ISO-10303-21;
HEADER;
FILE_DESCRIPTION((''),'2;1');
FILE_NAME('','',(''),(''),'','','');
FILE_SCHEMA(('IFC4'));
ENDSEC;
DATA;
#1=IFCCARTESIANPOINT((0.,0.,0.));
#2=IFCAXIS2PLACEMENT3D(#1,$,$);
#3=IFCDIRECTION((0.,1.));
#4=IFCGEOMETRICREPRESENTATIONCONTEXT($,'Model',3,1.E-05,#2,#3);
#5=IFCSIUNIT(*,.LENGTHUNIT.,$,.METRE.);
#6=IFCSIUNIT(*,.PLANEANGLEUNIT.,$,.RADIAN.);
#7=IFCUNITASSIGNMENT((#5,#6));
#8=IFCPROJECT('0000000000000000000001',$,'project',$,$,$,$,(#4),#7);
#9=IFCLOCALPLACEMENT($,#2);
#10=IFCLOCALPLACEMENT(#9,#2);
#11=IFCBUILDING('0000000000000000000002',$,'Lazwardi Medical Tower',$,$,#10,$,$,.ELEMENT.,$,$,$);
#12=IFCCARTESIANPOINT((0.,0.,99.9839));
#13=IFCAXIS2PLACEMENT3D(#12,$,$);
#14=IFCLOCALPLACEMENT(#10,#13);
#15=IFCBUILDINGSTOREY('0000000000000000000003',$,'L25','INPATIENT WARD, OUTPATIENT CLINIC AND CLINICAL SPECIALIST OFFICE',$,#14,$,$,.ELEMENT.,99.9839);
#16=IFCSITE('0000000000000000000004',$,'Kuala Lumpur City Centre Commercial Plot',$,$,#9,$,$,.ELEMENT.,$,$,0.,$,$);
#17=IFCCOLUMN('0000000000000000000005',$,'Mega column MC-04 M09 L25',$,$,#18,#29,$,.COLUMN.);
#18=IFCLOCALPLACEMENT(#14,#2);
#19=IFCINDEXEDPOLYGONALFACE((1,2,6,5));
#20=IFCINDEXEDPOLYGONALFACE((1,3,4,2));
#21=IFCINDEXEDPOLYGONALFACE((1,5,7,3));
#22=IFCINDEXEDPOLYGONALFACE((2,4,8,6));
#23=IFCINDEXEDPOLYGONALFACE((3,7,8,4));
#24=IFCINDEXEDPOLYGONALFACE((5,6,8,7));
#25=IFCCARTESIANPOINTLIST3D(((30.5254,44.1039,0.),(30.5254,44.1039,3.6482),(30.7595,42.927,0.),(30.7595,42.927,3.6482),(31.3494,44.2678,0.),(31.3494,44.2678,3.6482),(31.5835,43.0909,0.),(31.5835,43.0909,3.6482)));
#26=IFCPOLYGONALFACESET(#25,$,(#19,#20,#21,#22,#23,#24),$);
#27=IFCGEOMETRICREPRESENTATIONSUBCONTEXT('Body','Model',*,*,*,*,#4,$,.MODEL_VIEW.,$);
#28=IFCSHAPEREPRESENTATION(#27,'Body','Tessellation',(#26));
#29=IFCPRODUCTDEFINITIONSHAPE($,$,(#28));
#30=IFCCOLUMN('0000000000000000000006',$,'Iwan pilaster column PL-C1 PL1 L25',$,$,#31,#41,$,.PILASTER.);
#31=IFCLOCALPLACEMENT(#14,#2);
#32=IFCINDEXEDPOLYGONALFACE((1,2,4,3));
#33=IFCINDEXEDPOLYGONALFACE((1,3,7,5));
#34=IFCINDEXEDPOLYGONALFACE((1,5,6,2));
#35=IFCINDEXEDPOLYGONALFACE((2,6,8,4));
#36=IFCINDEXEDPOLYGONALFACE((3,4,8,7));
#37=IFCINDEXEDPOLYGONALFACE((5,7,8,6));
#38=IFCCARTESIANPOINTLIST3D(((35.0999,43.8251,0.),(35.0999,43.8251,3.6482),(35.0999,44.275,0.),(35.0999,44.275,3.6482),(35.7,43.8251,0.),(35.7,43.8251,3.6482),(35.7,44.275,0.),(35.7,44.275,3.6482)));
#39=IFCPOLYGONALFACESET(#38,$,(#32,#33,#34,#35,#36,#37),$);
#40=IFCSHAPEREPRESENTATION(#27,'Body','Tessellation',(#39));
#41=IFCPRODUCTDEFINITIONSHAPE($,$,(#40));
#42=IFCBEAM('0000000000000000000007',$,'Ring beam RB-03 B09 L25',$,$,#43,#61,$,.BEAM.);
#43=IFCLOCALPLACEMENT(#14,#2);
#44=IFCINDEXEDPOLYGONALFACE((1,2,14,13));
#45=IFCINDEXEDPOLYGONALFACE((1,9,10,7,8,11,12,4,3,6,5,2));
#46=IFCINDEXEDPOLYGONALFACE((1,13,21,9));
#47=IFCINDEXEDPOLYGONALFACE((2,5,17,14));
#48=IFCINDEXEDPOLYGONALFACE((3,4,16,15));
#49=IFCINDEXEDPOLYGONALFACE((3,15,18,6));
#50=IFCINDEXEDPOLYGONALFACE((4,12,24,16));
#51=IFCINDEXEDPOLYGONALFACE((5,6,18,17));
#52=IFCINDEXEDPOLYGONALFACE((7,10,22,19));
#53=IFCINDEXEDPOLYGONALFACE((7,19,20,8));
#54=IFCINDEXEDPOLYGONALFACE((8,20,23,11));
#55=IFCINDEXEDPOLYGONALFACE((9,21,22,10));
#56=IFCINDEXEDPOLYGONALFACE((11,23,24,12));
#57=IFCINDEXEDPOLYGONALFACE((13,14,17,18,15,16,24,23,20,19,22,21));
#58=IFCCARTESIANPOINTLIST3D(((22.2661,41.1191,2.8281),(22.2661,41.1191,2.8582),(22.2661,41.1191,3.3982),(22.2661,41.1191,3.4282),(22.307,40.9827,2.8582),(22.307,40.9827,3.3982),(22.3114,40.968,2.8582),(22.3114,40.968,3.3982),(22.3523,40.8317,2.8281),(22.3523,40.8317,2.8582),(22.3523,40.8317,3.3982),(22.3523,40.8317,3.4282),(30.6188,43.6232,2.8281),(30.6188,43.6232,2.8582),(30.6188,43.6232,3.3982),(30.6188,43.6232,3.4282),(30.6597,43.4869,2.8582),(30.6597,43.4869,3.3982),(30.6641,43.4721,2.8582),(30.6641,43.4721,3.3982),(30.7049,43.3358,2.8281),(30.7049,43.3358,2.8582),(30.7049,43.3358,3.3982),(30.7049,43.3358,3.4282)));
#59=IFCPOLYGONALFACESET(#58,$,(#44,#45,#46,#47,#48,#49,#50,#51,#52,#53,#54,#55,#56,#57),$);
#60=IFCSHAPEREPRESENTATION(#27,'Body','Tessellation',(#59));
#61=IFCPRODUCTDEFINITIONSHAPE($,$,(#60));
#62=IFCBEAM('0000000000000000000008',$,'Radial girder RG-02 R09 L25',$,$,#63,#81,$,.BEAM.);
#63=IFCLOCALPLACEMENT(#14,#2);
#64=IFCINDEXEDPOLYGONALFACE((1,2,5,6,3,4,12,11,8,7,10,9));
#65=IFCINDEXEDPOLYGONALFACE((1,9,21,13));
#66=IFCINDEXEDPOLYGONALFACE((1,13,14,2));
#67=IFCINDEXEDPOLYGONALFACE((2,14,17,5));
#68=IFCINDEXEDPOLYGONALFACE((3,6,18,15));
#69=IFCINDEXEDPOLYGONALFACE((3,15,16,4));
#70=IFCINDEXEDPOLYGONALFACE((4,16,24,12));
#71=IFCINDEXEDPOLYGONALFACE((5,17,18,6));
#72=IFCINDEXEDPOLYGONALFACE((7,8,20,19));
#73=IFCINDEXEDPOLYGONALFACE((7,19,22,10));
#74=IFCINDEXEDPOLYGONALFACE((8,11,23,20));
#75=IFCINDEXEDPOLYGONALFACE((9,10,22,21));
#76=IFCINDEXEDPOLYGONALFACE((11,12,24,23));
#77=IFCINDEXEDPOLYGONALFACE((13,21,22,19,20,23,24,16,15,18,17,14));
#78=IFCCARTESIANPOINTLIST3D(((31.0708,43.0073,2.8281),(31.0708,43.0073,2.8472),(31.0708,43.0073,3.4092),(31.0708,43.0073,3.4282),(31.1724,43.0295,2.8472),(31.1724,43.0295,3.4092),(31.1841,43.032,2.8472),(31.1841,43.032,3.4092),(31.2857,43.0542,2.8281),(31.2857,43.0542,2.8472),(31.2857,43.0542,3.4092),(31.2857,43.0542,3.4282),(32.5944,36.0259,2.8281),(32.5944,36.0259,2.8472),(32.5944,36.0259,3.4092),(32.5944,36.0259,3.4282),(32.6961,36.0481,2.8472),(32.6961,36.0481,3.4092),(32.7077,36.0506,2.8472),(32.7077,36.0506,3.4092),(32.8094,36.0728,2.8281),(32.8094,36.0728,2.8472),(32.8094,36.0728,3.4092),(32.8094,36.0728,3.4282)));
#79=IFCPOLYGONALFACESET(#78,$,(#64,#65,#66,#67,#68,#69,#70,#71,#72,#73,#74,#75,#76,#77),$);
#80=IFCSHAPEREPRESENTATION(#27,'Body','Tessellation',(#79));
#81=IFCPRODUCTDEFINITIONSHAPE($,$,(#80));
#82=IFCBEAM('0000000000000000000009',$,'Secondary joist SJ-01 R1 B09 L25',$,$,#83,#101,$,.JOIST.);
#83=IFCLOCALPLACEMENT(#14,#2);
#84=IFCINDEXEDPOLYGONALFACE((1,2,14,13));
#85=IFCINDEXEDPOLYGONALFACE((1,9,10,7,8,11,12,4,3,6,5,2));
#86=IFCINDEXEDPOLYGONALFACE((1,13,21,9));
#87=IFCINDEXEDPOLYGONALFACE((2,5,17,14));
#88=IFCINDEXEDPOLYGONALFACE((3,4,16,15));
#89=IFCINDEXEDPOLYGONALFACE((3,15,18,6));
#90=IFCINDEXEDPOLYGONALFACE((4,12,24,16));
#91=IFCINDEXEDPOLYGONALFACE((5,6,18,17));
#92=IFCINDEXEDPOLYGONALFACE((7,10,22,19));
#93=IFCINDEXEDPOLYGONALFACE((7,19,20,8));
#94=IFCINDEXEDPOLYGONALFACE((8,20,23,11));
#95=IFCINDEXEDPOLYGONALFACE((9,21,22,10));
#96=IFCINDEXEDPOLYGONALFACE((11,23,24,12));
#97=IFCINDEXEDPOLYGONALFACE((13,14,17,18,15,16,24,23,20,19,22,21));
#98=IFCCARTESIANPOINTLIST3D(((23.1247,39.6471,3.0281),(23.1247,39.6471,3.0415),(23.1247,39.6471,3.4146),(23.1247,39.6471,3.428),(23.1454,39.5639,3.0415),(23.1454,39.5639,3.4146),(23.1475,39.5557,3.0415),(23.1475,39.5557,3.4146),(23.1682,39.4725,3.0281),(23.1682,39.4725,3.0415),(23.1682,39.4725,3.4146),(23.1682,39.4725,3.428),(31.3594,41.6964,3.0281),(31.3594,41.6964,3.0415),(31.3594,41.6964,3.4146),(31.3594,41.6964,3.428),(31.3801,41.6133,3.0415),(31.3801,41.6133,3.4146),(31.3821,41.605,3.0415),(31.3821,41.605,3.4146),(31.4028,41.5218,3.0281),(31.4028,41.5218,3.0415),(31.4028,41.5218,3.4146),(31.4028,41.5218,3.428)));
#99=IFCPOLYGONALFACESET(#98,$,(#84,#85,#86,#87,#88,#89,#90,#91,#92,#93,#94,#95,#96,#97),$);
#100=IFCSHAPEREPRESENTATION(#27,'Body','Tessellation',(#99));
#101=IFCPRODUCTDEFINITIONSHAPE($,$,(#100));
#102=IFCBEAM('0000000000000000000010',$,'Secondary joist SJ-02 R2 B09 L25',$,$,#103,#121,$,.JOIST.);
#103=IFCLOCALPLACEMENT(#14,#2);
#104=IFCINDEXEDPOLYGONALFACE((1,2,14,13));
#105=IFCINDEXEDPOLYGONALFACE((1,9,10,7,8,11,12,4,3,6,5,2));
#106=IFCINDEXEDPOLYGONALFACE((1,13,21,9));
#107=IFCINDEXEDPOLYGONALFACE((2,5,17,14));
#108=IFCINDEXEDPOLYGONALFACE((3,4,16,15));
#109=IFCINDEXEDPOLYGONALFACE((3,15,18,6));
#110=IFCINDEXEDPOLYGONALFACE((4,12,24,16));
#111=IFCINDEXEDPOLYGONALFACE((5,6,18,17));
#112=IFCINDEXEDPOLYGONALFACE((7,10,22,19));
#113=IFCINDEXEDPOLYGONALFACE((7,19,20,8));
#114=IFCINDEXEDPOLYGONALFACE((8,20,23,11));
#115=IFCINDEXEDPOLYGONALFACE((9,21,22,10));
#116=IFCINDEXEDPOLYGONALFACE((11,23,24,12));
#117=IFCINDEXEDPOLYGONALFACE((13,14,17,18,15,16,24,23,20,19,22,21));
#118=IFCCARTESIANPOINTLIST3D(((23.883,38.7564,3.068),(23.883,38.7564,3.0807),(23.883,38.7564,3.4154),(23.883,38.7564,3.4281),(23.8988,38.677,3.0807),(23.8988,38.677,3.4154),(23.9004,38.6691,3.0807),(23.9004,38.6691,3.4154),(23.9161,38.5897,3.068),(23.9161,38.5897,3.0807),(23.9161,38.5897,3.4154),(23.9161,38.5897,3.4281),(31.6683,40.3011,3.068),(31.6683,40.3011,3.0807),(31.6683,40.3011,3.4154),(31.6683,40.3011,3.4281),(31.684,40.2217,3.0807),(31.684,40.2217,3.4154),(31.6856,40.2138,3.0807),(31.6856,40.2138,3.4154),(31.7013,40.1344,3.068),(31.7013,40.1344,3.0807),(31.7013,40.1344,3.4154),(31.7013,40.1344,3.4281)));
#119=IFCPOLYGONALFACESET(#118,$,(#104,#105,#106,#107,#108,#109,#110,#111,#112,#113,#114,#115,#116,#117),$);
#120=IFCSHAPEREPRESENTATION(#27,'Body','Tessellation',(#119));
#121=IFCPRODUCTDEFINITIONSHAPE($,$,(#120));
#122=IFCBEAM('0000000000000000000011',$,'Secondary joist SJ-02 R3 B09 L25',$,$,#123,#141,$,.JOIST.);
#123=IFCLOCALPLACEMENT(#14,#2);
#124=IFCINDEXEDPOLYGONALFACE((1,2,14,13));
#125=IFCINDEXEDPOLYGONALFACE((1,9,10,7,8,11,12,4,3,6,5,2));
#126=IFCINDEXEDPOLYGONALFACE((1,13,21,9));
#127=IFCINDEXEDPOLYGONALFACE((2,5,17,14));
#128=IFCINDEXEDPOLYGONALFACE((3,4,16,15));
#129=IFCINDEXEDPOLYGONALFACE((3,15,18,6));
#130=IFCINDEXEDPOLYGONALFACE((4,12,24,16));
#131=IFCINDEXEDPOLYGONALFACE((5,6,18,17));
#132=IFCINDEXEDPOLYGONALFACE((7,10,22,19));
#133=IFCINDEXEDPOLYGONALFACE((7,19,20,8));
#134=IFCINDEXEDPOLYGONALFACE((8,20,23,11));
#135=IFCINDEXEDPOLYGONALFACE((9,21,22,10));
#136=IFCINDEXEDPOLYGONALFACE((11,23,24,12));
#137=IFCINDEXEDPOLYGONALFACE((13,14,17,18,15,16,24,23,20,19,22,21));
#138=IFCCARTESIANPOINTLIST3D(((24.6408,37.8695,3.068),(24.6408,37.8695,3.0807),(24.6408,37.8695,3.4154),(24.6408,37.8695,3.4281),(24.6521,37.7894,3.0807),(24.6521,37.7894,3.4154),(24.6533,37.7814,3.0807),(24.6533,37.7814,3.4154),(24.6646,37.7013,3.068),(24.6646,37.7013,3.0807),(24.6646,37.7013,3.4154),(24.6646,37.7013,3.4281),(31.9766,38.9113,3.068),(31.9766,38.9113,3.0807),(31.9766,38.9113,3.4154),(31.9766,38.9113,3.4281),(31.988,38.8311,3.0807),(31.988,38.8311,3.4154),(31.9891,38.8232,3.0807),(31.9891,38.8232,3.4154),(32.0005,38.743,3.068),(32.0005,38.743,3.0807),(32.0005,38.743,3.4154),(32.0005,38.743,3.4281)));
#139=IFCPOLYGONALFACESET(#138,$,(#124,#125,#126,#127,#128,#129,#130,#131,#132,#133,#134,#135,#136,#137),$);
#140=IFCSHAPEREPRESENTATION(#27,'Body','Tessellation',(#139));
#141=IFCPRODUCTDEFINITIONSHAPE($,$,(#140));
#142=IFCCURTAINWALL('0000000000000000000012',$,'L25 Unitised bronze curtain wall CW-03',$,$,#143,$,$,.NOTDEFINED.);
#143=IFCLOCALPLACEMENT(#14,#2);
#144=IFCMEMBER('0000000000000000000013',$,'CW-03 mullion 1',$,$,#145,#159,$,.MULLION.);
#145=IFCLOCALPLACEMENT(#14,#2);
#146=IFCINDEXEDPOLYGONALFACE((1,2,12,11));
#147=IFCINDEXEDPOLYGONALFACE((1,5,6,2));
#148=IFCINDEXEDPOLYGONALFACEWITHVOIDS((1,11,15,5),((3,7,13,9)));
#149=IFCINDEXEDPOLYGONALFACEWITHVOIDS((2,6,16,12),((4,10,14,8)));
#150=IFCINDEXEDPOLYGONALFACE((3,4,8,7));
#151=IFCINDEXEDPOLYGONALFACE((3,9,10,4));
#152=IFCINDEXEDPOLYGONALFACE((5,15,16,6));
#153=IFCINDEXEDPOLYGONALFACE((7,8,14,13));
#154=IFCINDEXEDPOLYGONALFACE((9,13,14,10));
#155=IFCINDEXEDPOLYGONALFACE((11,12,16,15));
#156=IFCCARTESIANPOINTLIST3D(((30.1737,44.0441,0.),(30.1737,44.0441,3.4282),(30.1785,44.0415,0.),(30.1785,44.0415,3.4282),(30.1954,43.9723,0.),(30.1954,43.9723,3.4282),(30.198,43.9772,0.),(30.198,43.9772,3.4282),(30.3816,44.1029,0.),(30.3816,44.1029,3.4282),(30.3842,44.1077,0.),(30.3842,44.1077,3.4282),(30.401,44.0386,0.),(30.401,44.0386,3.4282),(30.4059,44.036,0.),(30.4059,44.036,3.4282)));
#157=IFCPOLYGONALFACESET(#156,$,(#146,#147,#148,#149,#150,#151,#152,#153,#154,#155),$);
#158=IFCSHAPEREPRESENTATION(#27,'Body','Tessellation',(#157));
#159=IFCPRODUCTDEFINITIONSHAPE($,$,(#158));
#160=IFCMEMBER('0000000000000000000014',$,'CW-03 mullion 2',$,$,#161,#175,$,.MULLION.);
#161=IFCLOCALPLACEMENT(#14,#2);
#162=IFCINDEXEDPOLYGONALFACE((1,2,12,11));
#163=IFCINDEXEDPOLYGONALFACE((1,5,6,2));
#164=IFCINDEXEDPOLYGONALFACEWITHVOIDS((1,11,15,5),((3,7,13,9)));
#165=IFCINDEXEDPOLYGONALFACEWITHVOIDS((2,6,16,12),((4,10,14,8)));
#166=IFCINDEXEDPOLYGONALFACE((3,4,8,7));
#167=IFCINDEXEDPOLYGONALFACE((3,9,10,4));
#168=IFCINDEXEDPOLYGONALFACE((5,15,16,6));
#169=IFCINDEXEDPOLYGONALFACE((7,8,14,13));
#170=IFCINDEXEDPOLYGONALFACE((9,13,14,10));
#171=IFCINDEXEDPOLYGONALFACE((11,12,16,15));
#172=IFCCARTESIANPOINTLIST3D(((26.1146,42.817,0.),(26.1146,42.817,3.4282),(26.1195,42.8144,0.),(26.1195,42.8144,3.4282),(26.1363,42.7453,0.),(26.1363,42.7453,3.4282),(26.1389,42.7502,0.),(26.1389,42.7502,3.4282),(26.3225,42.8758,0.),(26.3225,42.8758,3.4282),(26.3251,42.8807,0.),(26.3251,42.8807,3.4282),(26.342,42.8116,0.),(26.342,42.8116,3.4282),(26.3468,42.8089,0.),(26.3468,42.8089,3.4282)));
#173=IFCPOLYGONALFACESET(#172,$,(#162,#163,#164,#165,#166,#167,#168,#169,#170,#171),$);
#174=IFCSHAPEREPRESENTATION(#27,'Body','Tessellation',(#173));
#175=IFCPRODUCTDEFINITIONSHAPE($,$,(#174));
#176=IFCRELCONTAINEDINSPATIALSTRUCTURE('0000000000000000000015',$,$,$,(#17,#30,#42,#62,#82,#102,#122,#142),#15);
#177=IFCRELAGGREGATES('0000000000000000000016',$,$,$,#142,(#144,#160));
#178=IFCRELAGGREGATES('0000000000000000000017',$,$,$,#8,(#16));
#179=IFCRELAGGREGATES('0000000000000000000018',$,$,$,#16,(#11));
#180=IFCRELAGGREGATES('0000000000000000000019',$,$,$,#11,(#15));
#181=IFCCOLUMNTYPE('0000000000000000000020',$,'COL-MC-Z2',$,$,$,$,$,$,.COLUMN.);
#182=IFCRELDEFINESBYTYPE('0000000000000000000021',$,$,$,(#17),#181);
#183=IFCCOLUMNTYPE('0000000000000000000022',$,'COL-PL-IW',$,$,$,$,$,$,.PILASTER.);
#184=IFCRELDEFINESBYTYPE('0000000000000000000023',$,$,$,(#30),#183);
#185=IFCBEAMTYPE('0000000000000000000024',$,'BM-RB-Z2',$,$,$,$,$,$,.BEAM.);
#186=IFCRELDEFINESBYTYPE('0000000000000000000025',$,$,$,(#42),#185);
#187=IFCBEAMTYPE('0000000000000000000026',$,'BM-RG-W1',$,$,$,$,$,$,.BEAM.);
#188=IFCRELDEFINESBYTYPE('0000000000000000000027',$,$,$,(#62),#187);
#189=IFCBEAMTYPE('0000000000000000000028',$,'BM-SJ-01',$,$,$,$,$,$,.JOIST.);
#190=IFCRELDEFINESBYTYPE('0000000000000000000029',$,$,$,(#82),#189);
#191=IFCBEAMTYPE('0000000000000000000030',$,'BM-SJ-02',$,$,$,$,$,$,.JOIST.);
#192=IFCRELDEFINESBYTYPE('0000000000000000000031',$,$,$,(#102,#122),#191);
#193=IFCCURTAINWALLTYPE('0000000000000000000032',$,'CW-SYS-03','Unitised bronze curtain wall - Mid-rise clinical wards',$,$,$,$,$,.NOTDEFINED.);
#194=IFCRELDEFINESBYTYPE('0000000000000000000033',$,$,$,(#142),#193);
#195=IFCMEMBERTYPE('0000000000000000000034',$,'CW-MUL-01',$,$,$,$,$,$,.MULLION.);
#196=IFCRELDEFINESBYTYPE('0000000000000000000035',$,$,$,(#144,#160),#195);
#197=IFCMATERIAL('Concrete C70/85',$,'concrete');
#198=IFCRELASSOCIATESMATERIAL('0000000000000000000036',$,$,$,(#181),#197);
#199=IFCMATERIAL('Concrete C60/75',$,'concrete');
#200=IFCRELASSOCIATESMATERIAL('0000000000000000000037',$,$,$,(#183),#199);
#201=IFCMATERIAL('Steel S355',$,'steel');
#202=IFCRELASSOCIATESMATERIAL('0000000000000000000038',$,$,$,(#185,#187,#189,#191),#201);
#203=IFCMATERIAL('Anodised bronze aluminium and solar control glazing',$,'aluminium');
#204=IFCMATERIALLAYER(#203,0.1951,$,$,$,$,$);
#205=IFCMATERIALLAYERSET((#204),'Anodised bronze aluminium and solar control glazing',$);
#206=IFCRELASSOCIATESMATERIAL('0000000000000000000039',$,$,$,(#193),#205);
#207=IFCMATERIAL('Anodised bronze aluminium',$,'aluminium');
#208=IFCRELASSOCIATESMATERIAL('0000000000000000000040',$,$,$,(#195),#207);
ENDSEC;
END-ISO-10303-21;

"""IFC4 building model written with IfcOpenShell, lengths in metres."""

from ifc_helpers import new_model, si_unit, direction, frame, origin, origin_2d, place, context, subcontext, project, spatial, rectangle, hollow_rectangle, i_section, extrude, material, layer, layer_set, material_profile, profile_set, type_object, element, aggregate, save


model = new_model("IFC4")

# Units and contexts
model_context = context("Model", 3, precision=1e-05, world=origin(), true_north=direction((0.0, 1.0)))
body_context = subcontext(model_context, "Body", "Model", "MODEL_VIEW")
ifc_project = project(units=[si_unit("LENGTHUNIT", "METRE"), si_unit("PLANEANGLEUNIT", "RADIAN")], contexts=[model_context])

# Site, building, storey
site_placement = place(None, origin())
site = spatial("IfcSite", under=ifc_project, at=site_placement, Name="Kuala Lumpur City Centre Commercial Plot", CompositionType="ELEMENT", RefElevation=0.0)
building_placement = place(site_placement, origin())
building = spatial("IfcBuilding", under=site, at=building_placement, Name="Lazwardi Medical Tower", CompositionType="ELEMENT")
storey_placement = place(building_placement, frame((0.0, 0.0, 99.9839)))
storey = spatial("IfcBuildingStorey", under=building, at=storey_placement, Name="L25", Description="INPATIENT WARD, OUTPATIENT CLINIC AND CLINICAL SPECIALIST OFFICE", CompositionType="ELEMENT", Elevation=99.9839)

# Columns
ifc_material_1 = material(Name="Concrete C70/85", Category="concrete")
ifc_material_profile_1 = material_profile(ifc_material_1, rectangle(XDim=1.2, YDim=0.8401, at=origin_2d()), Name="CFT-RECT 1200x840")
ifc_profile_set_1 = profile_set([ifc_material_profile_1], Name="Concrete C70/85")
column_type_1 = type_object("IfcColumnType", Name="COL-MC-Z2", PredefinedType="COLUMN", material=ifc_profile_set_1)
column_1_placement = place(storey_placement, frame((31.0544, 43.5974, 0.0), z_axis=(0.0, 0.0, 1.0), x_axis=(-0.19509, 0.980785, 0.0)))
element("IfcColumn", 1, at=column_1_placement, inside=storey, type_object=column_type_1, Name="Mega column MC-04 M09 L25", PredefinedType="COLUMN", context=body_context, shape_type="SweptSolid", body=[
    extrude(rectangle(XDim=1.2, YDim=0.8401, at=origin_2d()), origin(), (0.0, 0.0, 1.0), 3.6482),
])
ifc_material_2 = material(Name="Concrete C60/75", Category="concrete")
ifc_material_profile_2 = material_profile(ifc_material_2, rectangle(XDim=0.6001, YDim=0.45, at=origin_2d()), Name="RC 600x450")
ifc_profile_set_2 = profile_set([ifc_material_profile_2], Name="Concrete C60/75")
column_type_2 = type_object("IfcColumnType", Name="COL-PL-IW", PredefinedType="PILASTER", material=ifc_profile_set_2)
column_2_placement = place(storey_placement, frame((35.3999, 44.05, 0.0), z_axis=(0.0, 0.0, 1.0), x_axis=(1.0, 0.0, 0.0)))
element("IfcColumn", 2, at=column_2_placement, inside=storey, type_object=column_type_2, Name="Iwan pilaster column PL-C1 PL1 L25", PredefinedType="PILASTER", context=body_context, shape_type="SweptSolid", body=[
    extrude(rectangle(XDim=0.6001, YDim=0.45, at=origin_2d()), origin(), (0.0, 0.0, 1.0), 3.6482),
])

# Beams
ifc_material_3 = material(Name="Steel S355", Category="steel")
ifc_material_profile_3 = material_profile(ifc_material_3, i_section(OverallWidth=0.3, OverallDepth=0.6001, WebThickness=0.0154, FlangeThickness=0.03, at=origin_2d()), Name="HEB 600")
ifc_profile_set_3 = profile_set([ifc_material_profile_3], Name="Steel S355")
beam_type_1 = type_object("IfcBeamType", Name="BM-RB-Z2", PredefinedType="BEAM", material=ifc_profile_set_3)
beam_1_placement = place(storey_placement, frame((30.6619, 43.4795, 3.1282), z_axis=(-0.957879, -0.287171, 0.0), x_axis=(0.287171, -0.957879, 0.0)))
element("IfcBeam", 3, at=beam_1_placement, inside=storey, type_object=beam_type_1, Name="Ring beam RB-03 B09 L25", PredefinedType="BEAM", context=body_context, shape_type="SweptSolid", body=[
    extrude(i_section(OverallWidth=0.3, OverallDepth=0.6001, WebThickness=0.0154, FlangeThickness=0.03, at=origin_2d()), origin(), (0.0, 0.0, 1.0), 8.72),
])
ifc_material_profile_4 = material_profile(ifc_material_3, i_section(OverallWidth=0.22, OverallDepth=0.6001, WebThickness=0.012, FlangeThickness=0.019, at=origin_2d()), Name="IPE 600")
ifc_profile_set_4 = profile_set([ifc_material_profile_4], Name="Steel S355")
beam_type_2 = type_object("IfcBeamType", Name="BM-RG-W1", PredefinedType="BEAM", material=ifc_profile_set_4)
beam_2_placement = place(storey_placement, frame((31.1782, 43.0308, 3.1282), z_axis=(0.213228, -0.977002, 0.0), x_axis=(0.977002, 0.213228, 0.0)))
element("IfcBeam", 4, at=beam_2_placement, inside=storey, type_object=beam_type_2, Name="Radial girder RG-02 R09 L25", PredefinedType="BEAM", context=body_context, shape_type="SweptSolid", body=[
    extrude(i_section(OverallWidth=0.22, OverallDepth=0.6001, WebThickness=0.012, FlangeThickness=0.019, at=origin_2d()), origin(), (0.0, 0.0, 1.0), 7.1458),
])
ifc_material_profile_5 = material_profile(ifc_material_3, i_section(OverallWidth=0.1799, OverallDepth=0.3999, WebThickness=0.0085, FlangeThickness=0.0134, at=origin_2d()), Name="IPE 400")
ifc_profile_set_5 = profile_set([ifc_material_profile_5], Name="Steel S355")
beam_type_3 = type_object("IfcBeamType", Name="BM-SJ-01", PredefinedType="JOIST", material=ifc_profile_set_5)
beam_3_placement = place(storey_placement, frame((31.3811, 41.6091, 3.228), z_axis=(-0.970401, -0.2415, 0.0), x_axis=(0.2415, -0.970401, 0.0)))
element("IfcBeam", 5, at=beam_3_placement, inside=storey, type_object=beam_type_3, Name="Secondary joist SJ-01 R1 B09 L25", PredefinedType="JOIST", context=body_context, shape_type="SweptSolid", body=[
    extrude(i_section(OverallWidth=0.1799, OverallDepth=0.3999, WebThickness=0.0085, FlangeThickness=0.0134, at=origin_2d()), origin(), (0.0, 0.0, 1.0), 8.4858),
])
ifc_material_profile_6 = material_profile(ifc_material_3, i_section(OverallWidth=0.1699, OverallDepth=0.3601, WebThickness=0.0081, FlangeThickness=0.0127, at=origin_2d()), Name="IPE 360")
ifc_profile_set_6 = profile_set([ifc_material_profile_6], Name="Steel S355")
beam_type_4 = type_object("IfcBeamType", Name="BM-SJ-02", PredefinedType="JOIST", material=ifc_profile_set_6)
beam_4_placement = place(storey_placement, frame((31.6848, 40.2178, 3.248), z_axis=(-0.980879, -0.194619, 0.0), x_axis=(0.194619, -0.980879, 0.0)))
element("IfcBeam", 6, at=beam_4_placement, inside=storey, type_object=beam_type_4, Name="Secondary joist SJ-02 R2 B09 L25", PredefinedType="JOIST", context=body_context, shape_type="SweptSolid", body=[
    extrude(i_section(OverallWidth=0.1699, OverallDepth=0.3601, WebThickness=0.0081, FlangeThickness=0.0127, at=origin_2d()), origin(), (0.0, 0.0, 1.0), 7.937),
])
beam_5_placement = place(storey_placement, frame((31.9885, 38.8271, 3.248), z_axis=(-0.990067, -0.140596, 0.0), x_axis=(0.140596, -0.990067, 0.0)))
element("IfcBeam", 7, at=beam_5_placement, inside=storey, type_object=beam_type_4, Name="Secondary joist SJ-02 R3 B09 L25", PredefinedType="JOIST", context=body_context, shape_type="SweptSolid", body=[
    extrude(i_section(OverallWidth=0.1699, OverallDepth=0.3601, WebThickness=0.0081, FlangeThickness=0.0127, at=origin_2d()), origin(), (0.0, 0.0, 1.0), 7.4094),
])

# Curtain wall, members
ifc_material_4 = material(Name="Anodised bronze aluminium and solar control glazing", Category="aluminium")
ifc_layer_1 = layer(ifc_material_4, 0.1951)
ifc_layer_set_1 = layer_set([ifc_layer_1], Name="Anodised bronze aluminium and solar control glazing")
curtain_wall_type_1 = type_object("IfcCurtainWallType", Name="CW-SYS-03", Description="Unitised bronze curtain wall - Mid-rise clinical wards", PredefinedType="NOTDEFINED", material=ifc_layer_set_1)
curtain_wall_1_placement = place(storey_placement, origin())
curtain_wall_1 = element("IfcCurtainWall", 8, at=curtain_wall_1_placement, inside=storey, type_object=curtain_wall_type_1, Name="L25 Unitised bronze curtain wall CW-03", PredefinedType="NOTDEFINED")
ifc_material_5 = material(Name="Anodised bronze aluminium", Category="aluminium")
ifc_material_profile_7 = material_profile(ifc_material_5, hollow_rectangle(XDim=0.075, YDim=0.22, WallThickness=0.0039, at=origin_2d()), Name="ALU-MULLION 220x75x4")
ifc_profile_set_7 = profile_set([ifc_material_profile_7], Name="Anodised bronze aluminium")
member_type_1 = type_object("IfcMemberType", Name="CW-MUL-01", PredefinedType="MULLION", material=ifc_profile_set_7)
member_1_placement = place(storey_placement, frame((30.2898, 44.04, 0.0), z_axis=(0.0, 0.0, 1.0), x_axis=(0.289374, -0.957216, 0.0)))
member_1 = element("IfcMember", 9, at=member_1_placement, type_object=member_type_1, Name="CW-03 mullion 1", PredefinedType="MULLION", context=body_context, shape_type="SweptSolid", body=[
    extrude(hollow_rectangle(XDim=0.075, YDim=0.22, WallThickness=0.0039, at=origin_2d()), origin(), (0.0, 0.0, 1.0), 3.4282),
])
member_2_placement = place(storey_placement, frame((26.2307, 42.813, 0.0), z_axis=(0.0, 0.0, 1.0), x_axis=(0.289374, -0.957216, 0.0)))
member_2 = element("IfcMember", 10, at=member_2_placement, type_object=member_type_1, Name="CW-03 mullion 2", PredefinedType="MULLION", context=body_context, shape_type="SweptSolid", body=[
    extrude(hollow_rectangle(XDim=0.075, YDim=0.22, WallThickness=0.0039, at=origin_2d()), origin(), (0.0, 0.0, 1.0), 3.4282),
])

aggregate(curtain_wall_1, [member_1, member_2])

save(model, "model.ifc")
